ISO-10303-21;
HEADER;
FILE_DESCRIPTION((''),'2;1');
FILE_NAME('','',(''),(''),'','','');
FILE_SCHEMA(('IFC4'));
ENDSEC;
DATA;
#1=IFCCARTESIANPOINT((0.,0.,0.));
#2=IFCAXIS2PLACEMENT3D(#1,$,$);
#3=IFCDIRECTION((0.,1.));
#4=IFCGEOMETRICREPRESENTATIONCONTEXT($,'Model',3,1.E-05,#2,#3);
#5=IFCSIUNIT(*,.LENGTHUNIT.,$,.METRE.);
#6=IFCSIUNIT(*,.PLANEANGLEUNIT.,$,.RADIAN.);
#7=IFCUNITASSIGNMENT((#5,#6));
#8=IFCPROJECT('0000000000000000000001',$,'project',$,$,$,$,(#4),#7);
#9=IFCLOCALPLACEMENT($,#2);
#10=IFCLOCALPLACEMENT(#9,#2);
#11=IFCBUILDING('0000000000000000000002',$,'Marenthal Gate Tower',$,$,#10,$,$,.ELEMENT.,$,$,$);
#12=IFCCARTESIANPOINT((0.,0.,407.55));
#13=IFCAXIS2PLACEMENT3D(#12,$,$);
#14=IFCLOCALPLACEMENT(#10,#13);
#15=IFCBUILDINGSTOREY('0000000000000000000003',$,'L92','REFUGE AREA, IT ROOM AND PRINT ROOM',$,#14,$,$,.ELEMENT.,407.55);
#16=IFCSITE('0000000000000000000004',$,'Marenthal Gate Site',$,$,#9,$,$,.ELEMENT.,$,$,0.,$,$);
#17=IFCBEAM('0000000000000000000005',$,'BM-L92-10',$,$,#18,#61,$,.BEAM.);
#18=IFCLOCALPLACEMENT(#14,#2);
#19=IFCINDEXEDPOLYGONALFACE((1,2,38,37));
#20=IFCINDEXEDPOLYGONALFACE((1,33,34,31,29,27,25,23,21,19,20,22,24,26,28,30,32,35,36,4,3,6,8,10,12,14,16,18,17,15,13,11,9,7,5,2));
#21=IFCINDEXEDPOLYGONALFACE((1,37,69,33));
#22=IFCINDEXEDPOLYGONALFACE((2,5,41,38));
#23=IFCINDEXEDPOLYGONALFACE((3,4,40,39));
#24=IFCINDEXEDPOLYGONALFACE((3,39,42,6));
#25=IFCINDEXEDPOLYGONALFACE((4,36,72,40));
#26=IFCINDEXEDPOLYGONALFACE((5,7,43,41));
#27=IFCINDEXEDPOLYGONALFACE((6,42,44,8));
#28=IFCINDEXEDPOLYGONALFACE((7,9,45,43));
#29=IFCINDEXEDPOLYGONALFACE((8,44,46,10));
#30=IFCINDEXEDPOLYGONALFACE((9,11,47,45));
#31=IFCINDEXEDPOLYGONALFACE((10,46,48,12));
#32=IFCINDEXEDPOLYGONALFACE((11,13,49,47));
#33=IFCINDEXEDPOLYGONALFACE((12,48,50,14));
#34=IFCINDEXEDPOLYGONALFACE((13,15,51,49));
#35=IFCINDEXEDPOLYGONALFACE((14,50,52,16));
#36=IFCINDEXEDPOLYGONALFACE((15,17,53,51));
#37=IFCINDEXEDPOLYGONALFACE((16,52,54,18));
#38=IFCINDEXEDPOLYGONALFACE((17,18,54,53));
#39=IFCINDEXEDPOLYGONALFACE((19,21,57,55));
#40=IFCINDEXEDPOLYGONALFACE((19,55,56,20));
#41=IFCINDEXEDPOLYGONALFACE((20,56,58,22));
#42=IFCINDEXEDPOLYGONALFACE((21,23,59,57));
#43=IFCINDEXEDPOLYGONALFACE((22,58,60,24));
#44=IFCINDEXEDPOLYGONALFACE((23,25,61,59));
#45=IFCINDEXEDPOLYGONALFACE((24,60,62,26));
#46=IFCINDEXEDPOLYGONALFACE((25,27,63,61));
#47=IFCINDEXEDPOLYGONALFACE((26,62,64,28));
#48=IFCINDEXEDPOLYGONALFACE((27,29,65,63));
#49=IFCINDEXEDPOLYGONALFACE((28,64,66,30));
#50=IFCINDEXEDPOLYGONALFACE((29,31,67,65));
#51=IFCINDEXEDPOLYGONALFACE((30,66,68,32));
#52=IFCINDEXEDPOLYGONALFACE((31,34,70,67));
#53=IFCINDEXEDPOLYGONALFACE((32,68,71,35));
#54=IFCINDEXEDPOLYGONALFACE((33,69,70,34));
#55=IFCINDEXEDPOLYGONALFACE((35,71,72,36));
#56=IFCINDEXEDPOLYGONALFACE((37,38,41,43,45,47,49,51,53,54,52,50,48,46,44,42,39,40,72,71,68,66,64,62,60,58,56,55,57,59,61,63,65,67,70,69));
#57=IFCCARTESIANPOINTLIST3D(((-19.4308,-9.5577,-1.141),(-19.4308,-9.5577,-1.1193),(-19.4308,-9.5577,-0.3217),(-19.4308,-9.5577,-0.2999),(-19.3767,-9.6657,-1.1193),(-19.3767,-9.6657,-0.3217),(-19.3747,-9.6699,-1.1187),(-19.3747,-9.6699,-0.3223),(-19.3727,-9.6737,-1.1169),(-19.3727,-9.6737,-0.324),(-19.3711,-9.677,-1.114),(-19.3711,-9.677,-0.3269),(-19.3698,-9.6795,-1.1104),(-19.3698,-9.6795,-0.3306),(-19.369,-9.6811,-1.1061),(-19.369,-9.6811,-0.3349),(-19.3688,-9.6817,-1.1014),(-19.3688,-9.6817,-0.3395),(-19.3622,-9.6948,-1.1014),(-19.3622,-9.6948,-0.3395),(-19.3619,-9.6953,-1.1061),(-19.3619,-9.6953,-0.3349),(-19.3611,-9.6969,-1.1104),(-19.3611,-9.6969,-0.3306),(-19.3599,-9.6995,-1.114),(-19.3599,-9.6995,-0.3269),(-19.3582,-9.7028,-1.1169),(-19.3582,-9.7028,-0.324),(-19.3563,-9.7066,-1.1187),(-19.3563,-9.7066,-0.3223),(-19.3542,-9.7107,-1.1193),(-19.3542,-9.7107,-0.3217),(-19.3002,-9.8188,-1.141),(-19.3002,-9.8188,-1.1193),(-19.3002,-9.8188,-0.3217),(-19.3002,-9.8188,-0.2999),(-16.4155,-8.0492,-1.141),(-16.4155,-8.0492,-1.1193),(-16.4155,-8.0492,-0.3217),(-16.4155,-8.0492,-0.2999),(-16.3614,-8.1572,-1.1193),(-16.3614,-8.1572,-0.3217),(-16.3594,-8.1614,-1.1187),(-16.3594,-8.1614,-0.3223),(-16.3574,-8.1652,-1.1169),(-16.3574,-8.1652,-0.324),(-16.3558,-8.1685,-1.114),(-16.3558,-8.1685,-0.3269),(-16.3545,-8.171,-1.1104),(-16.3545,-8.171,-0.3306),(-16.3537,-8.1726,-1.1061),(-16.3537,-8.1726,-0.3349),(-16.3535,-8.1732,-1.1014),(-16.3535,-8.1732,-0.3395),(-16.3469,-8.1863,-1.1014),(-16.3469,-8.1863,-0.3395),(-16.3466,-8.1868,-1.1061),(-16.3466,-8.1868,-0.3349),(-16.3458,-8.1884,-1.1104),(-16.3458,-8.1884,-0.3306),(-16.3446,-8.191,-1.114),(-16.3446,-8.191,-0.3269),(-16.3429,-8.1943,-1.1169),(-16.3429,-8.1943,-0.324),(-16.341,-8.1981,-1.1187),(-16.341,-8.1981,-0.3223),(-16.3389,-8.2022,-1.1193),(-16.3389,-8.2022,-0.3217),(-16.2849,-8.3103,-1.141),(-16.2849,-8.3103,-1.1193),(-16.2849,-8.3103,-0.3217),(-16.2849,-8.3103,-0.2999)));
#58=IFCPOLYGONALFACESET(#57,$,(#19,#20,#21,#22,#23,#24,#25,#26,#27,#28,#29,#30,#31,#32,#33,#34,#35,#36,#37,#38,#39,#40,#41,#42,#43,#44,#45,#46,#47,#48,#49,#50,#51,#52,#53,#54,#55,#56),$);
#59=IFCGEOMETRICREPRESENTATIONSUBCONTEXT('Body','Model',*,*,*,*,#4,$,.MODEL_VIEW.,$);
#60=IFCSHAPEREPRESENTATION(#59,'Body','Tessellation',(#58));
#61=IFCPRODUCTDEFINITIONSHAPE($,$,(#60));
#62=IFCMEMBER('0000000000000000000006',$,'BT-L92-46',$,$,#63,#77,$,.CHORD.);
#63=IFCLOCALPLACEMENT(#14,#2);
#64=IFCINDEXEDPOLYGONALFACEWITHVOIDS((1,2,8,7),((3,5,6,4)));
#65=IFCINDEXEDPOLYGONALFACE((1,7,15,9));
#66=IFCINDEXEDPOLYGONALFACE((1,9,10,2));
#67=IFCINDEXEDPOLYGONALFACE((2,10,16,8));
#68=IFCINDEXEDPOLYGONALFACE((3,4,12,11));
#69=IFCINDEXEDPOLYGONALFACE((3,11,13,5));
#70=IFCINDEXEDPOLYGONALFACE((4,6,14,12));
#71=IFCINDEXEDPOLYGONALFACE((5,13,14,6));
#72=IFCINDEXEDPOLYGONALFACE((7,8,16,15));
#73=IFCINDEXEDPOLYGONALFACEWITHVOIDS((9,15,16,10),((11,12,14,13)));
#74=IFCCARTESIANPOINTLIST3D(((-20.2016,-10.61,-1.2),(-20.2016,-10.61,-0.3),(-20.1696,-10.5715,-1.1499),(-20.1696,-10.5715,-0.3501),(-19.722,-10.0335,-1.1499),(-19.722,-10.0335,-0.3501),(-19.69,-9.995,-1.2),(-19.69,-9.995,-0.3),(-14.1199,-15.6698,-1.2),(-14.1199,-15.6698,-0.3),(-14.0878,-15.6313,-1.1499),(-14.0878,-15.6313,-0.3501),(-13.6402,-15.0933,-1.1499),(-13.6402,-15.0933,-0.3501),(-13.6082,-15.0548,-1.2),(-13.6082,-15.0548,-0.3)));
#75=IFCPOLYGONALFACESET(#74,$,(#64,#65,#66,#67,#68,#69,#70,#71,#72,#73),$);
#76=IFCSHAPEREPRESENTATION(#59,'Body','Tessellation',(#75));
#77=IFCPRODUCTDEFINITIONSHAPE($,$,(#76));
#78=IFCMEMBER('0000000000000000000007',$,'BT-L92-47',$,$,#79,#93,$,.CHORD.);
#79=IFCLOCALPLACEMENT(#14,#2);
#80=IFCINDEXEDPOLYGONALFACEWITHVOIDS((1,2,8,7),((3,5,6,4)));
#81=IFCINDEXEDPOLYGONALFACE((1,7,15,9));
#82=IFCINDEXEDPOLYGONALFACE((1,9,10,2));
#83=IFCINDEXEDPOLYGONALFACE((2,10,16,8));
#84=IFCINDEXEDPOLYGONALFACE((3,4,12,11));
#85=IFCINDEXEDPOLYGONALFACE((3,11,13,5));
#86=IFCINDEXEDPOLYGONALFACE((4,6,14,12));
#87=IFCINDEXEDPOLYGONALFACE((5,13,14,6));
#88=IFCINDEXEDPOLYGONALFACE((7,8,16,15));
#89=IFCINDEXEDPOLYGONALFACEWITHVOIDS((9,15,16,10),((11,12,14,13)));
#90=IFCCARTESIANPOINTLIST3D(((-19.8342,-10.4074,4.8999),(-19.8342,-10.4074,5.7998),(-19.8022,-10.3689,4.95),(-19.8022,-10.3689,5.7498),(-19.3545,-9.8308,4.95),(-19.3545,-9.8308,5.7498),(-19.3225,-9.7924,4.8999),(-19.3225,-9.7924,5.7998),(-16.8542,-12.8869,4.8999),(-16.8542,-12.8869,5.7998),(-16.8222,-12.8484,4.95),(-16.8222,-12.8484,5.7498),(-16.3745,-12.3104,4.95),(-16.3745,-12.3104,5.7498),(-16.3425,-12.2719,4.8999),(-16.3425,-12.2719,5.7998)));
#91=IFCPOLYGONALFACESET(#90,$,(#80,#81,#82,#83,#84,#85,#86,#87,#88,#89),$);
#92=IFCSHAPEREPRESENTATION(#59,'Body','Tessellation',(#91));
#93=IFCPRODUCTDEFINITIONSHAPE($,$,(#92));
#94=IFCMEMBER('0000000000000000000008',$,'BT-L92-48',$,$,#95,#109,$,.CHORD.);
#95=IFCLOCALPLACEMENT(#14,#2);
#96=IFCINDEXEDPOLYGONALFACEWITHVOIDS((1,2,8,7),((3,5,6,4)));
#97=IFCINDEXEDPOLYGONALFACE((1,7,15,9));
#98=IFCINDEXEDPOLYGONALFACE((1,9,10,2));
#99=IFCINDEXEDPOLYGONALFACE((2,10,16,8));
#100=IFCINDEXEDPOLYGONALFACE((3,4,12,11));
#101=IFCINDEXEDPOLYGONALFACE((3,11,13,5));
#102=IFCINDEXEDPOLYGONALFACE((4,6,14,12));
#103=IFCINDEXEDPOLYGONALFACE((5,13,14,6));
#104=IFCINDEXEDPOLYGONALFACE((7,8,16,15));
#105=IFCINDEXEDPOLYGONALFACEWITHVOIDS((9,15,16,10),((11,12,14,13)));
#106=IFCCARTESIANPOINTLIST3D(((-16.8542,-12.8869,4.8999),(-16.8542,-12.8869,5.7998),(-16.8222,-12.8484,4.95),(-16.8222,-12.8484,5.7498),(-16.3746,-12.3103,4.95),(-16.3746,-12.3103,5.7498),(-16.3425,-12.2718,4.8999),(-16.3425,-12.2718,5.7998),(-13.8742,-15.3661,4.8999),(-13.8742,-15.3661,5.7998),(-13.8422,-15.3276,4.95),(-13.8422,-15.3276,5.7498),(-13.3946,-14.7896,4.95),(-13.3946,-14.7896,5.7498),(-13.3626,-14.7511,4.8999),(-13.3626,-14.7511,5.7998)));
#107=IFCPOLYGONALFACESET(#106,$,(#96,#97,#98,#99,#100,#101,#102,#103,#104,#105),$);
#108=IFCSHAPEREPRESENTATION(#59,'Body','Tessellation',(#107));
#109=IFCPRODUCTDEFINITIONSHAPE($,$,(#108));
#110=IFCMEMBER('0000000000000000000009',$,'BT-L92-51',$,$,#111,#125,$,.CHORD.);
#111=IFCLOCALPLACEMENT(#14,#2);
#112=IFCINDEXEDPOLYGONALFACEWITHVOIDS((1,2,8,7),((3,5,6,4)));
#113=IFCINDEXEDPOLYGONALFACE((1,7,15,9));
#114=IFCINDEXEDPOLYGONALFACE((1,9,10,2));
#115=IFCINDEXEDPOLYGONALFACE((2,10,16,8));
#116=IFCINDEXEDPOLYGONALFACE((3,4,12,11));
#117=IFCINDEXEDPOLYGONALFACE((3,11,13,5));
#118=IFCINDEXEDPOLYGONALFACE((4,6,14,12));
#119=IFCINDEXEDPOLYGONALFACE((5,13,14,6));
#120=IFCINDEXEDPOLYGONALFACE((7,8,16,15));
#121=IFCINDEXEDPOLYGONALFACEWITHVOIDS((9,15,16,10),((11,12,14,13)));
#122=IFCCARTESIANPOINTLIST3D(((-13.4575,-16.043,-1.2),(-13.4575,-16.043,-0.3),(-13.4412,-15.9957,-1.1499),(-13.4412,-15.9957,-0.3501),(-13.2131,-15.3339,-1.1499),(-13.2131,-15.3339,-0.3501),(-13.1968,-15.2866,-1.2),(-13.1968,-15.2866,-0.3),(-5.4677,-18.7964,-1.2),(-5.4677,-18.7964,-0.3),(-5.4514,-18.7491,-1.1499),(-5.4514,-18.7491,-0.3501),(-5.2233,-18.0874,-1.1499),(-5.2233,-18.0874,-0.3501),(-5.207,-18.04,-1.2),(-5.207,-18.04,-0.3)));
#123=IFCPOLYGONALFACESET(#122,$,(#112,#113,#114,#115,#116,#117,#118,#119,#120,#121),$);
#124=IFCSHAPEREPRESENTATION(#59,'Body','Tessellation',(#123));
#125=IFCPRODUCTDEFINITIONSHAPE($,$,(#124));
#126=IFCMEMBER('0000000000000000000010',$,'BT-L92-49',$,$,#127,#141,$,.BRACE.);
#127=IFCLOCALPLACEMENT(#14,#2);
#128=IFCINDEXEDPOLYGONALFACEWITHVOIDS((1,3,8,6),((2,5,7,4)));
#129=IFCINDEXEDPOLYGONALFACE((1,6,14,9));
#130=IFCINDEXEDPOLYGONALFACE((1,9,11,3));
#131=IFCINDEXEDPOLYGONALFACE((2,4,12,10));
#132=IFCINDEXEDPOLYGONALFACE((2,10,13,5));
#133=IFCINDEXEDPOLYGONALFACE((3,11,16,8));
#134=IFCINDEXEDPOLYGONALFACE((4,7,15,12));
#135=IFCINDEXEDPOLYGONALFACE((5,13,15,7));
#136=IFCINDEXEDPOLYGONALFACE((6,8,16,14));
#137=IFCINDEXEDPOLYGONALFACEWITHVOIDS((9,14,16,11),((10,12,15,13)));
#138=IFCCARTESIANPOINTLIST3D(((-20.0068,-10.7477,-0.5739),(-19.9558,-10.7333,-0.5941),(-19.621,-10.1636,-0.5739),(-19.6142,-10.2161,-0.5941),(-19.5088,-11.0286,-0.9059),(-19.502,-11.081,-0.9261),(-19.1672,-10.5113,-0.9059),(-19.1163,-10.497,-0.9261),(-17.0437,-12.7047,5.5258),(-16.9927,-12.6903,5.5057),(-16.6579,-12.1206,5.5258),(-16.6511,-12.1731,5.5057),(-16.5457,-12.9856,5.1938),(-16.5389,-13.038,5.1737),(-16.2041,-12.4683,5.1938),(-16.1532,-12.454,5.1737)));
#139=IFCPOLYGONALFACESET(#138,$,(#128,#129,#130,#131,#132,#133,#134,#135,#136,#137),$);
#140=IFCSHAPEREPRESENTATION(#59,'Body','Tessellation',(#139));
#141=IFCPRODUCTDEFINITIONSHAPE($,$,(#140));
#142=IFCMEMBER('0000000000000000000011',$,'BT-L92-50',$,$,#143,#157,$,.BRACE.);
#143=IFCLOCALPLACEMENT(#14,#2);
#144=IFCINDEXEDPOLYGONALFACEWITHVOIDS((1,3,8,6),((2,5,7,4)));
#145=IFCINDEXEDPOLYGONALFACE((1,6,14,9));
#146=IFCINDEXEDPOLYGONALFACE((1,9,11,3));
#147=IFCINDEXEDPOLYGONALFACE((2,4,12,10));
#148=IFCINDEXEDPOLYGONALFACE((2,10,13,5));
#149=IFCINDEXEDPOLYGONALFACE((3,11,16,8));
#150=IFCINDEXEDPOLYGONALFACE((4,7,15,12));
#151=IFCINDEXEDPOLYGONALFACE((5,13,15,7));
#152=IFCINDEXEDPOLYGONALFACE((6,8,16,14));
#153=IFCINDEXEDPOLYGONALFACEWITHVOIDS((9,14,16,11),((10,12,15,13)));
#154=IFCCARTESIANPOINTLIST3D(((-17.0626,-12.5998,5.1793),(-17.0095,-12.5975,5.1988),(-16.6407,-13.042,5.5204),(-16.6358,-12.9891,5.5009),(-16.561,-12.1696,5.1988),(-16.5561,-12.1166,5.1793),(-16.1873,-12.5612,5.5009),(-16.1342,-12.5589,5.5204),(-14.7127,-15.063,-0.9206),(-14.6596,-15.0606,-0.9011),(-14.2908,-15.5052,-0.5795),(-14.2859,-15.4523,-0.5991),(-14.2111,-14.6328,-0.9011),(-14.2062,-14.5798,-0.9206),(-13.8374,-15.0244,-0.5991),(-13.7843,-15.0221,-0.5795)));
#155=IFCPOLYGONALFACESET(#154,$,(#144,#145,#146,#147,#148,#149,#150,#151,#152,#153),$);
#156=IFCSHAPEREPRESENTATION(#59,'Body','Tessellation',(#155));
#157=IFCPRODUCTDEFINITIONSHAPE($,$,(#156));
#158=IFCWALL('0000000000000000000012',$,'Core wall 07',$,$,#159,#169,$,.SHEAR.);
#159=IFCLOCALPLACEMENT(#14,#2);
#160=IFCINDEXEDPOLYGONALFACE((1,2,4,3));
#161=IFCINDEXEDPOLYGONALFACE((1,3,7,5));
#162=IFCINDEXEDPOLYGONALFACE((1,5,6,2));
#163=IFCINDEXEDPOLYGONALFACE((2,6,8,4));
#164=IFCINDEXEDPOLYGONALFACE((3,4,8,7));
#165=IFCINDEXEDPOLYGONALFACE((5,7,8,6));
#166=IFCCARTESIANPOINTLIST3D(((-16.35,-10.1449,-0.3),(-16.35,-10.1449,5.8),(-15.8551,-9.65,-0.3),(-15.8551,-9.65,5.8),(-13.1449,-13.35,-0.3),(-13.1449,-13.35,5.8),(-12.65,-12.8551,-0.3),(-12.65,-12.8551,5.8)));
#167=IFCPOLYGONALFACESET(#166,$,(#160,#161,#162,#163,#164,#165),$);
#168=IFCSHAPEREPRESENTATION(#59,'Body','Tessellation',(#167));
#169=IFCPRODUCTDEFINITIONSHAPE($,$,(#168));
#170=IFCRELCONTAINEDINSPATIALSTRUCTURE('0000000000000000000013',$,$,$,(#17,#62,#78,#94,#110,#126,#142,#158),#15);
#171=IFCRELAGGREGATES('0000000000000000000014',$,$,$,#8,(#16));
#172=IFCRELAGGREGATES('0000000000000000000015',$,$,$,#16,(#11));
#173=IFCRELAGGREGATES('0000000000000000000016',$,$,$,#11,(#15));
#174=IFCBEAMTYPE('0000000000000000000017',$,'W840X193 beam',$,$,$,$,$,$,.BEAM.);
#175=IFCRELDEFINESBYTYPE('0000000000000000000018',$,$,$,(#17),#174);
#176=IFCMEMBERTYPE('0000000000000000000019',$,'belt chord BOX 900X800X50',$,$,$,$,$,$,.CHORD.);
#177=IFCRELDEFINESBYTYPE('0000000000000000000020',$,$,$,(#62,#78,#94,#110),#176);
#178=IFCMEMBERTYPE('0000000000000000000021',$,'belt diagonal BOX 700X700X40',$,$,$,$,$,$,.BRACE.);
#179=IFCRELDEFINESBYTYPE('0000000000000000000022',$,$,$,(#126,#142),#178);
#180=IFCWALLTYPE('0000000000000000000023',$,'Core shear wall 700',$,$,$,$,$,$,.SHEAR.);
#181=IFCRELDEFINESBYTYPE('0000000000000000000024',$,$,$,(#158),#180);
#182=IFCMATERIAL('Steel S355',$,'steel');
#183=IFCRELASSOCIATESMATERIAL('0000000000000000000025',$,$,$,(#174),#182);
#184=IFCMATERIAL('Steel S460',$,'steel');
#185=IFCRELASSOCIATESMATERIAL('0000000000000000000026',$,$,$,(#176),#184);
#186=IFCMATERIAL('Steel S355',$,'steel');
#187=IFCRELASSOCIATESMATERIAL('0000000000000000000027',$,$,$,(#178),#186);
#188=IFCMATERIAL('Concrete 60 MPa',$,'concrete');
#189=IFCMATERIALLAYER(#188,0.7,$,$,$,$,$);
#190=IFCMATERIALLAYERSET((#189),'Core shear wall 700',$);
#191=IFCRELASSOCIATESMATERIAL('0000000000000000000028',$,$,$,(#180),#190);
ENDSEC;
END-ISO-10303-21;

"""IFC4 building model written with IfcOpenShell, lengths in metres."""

from ifc_helpers import new_model, si_unit, direction, frame, frame_2d, origin, origin_2d, place, context, subcontext, project, spatial, rectangle, hollow_rectangle, i_section, extrude, material, layer, layer_set, material_profile, profile_set, type_object, element, save


model = new_model("IFC4")

# Units and contexts
model_context = context("Model", 3, precision=1e-05, world=origin(), true_north=direction((0.0, 1.0)))
body_context = subcontext(model_context, "Body", "Model", "MODEL_VIEW")
ifc_project = project(units=[si_unit("LENGTHUNIT", "METRE"), si_unit("PLANEANGLEUNIT", "RADIAN")], contexts=[model_context])

# Site, building, storey
site_placement = place(None, origin())
site = spatial("IfcSite", under=ifc_project, at=site_placement, Name="Marenthal Gate Site", CompositionType="ELEMENT", RefElevation=0.0)
building_placement = place(site_placement, origin())
building = spatial("IfcBuilding", under=site, at=building_placement, Name="Marenthal Gate Tower", CompositionType="ELEMENT")
storey_placement = place(building_placement, frame((0.0, 0.0, 407.55)))
storey = spatial("IfcBuildingStorey", under=building, at=storey_placement, Name="L92", Description="REFUGE AREA, IT ROOM AND PRINT ROOM", CompositionType="ELEMENT", Elevation=407.55)

# Beam
ifc_material_1 = material(Name="Steel S355", Category="steel")
ifc_material_profile_1 = material_profile(ifc_material_1, i_section(OverallWidth=0.292, OverallDepth=0.8411, WebThickness=0.0146, FlangeThickness=0.0217, FilletRadius=0.0178, at=origin_2d()), Name="W840X193")
ifc_profile_set_1 = profile_set([ifc_material_profile_1], Name="Steel S355")
beam_type = type_object("IfcBeamType", Name="W840X193 beam", PredefinedType="BEAM", material=ifc_profile_set_1)
beam_placement = place(storey_placement, frame((-19.3655, -9.6882, -0.7205), z_axis=(0.894326, 0.447416, 0.0), x_axis=(-0.447416, 0.894326, 0.0)))
element("IfcBeam", 1, at=beam_placement, inside=storey, type_object=beam_type, Name="BM-L92-10", PredefinedType="BEAM", context=body_context, shape_type="SweptSolid", body=[
    extrude(i_section(OverallWidth=0.292, OverallDepth=0.8411, WebThickness=0.0146, FlangeThickness=0.0217, FilletRadius=0.0178, at=origin_2d()), origin(), (0.0, 0.0, 1.0), 3.3716),
])

# Members
ifc_material_2 = material(Name="Steel S460", Category="steel")
ifc_material_profile_2 = material_profile(ifc_material_2, hollow_rectangle(XDim=0.8, YDim=0.8999, WallThickness=0.05, at=origin_2d()), Name="BOX 900X800X50")
ifc_profile_set_2 = profile_set([ifc_material_profile_2], Name="Steel S460")
member_type_1 = type_object("IfcMemberType", Name="belt chord BOX 900X800X50", PredefinedType="CHORD", material=ifc_profile_set_2)
member_1_placement = place(storey_placement, frame((-19.9458, -10.3025, -0.75), z_axis=(0.76874, -0.639562, 0.0), x_axis=(0.639562, 0.76874, 0.0)))
element("IfcMember", 2, at=member_1_placement, inside=storey, type_object=member_type_1, Name="BT-L92-46", PredefinedType="CHORD", context=body_context, shape_type="SweptSolid", body=[
    extrude(hollow_rectangle(XDim=0.8, YDim=0.8999, WallThickness=0.05, at=origin_2d()), origin(), (0.0, 0.0, 1.0), 7.9114),
])
member_2_placement = place(storey_placement, frame((-19.5784, -10.0999, 5.3499), z_axis=(0.768706, -0.639602, 0.0), x_axis=(0.639602, 0.768706, 0.0)))
element("IfcMember", 3, at=member_2_placement, inside=storey, type_object=member_type_1, Name="BT-L92-47", PredefinedType="CHORD", context=body_context, shape_type="SweptSolid", body=[
    extrude(hollow_rectangle(XDim=0.8, YDim=0.8999, WallThickness=0.05, at=origin_2d()), origin(), (0.0, 0.0, 1.0), 3.8767),
])
member_3_placement = place(storey_placement, frame((-16.5984, -12.5793, 5.3499), z_axis=(0.768737, -0.639565, 0.0), x_axis=(0.639565, 0.768737, 0.0)))
element("IfcMember", 4, at=member_3_placement, inside=storey, type_object=member_type_1, Name="BT-L92-48", PredefinedType="CHORD", context=body_context, shape_type="SweptSolid", body=[
    extrude(hollow_rectangle(XDim=0.8, YDim=0.8999, WallThickness=0.05, at=origin_2d()), origin(), (0.0, 0.0, 1.0), 3.8765),
])
member_4_placement = place(storey_placement, frame((-13.3271, -15.6648, -0.75), z_axis=(0.945434, -0.325814, 0.0), x_axis=(0.325814, 0.945434, 0.0)))
element("IfcMember", 5, at=member_4_placement, inside=storey, type_object=member_type_1, Name="BT-L92-51", PredefinedType="CHORD", context=body_context, shape_type="SweptSolid", body=[
    extrude(hollow_rectangle(XDim=0.8, YDim=0.8999, WallThickness=0.05, at=origin_2d()), origin(), (0.0, 0.0, 1.0), 8.4509),
])
ifc_material_3 = material(Name="Steel S355", Category="steel")
ifc_material_profile_3 = material_profile(ifc_material_3, hollow_rectangle(XDim=0.7, YDim=0.7, WallThickness=0.04, at=origin_2d()), Name="BOX 700X700X40")
ifc_profile_set_3 = profile_set([ifc_material_profile_3], Name="Steel S355")
member_type_2 = type_object("IfcMemberType", Name="belt diagonal BOX 700X700X40", PredefinedType="BRACE", material=ifc_profile_set_3)
member_5_placement = place(storey_placement, frame((-19.5615, -10.6223, -0.75), z_axis=(0.419814, -0.27727, 0.864221), x_axis=(0.551109, 0.834433, 0.0)))
element("IfcMember", 6, at=member_5_placement, inside=storey, type_object=member_type_2, Name="BT-L92-49", PredefinedType="BRACE", context=body_context, shape_type="SweptSolid", body=[
    extrude(hollow_rectangle(XDim=0.7, YDim=0.7, WallThickness=0.04, at=origin_2d()), origin(), (0.0, 0.0, 1.0), 7.0581),
])
member_6_placement = place(storey_placement, frame((-16.5984, -12.5793, 5.3499), z_axis=(0.336391, -0.352607, -0.873218), x_axis=(0.723549, 0.690273, 0.0)))
element("IfcMember", 7, at=member_6_placement, inside=storey, type_object=member_type_2, Name="BT-L92-50", PredefinedType="BRACE", context=body_context, shape_type="SweptSolid", body=[
    extrude(hollow_rectangle(XDim=0.7, YDim=0.7, WallThickness=0.04, at=origin_2d()), origin(), (0.0, 0.0, 1.0), 6.9856),
])

# Wall
ifc_material_4 = material(Name="Concrete 60 MPa", Category="concrete")
ifc_layer_1 = layer(ifc_material_4, 0.7)
ifc_layer_set_1 = layer_set([ifc_layer_1], Name="Core shear wall 700")
wall_type_1 = type_object("IfcWallType", Name="Core shear wall 700", PredefinedType="SHEAR", material=ifc_layer_set_1)
wall_1_placement = place(storey_placement, frame((-16.1025, -9.8975, -0.3), z_axis=(0.0, 0.0, 1.0), x_axis=(0.707107, -0.707107, 0.0)))
element("IfcWall", 8, at=wall_1_placement, inside=storey, type_object=wall_type_1, Name="Core wall 07", PredefinedType="SHEAR", context=body_context, shape_type="SweptSolid", body=[
    extrude(rectangle(XDim=4.5327, YDim=0.7, at=frame_2d((2.2664, 0.0))), origin(), (0.0, 0.0, 1.0), 6.1001),
])

save(model, "model.ifc")
